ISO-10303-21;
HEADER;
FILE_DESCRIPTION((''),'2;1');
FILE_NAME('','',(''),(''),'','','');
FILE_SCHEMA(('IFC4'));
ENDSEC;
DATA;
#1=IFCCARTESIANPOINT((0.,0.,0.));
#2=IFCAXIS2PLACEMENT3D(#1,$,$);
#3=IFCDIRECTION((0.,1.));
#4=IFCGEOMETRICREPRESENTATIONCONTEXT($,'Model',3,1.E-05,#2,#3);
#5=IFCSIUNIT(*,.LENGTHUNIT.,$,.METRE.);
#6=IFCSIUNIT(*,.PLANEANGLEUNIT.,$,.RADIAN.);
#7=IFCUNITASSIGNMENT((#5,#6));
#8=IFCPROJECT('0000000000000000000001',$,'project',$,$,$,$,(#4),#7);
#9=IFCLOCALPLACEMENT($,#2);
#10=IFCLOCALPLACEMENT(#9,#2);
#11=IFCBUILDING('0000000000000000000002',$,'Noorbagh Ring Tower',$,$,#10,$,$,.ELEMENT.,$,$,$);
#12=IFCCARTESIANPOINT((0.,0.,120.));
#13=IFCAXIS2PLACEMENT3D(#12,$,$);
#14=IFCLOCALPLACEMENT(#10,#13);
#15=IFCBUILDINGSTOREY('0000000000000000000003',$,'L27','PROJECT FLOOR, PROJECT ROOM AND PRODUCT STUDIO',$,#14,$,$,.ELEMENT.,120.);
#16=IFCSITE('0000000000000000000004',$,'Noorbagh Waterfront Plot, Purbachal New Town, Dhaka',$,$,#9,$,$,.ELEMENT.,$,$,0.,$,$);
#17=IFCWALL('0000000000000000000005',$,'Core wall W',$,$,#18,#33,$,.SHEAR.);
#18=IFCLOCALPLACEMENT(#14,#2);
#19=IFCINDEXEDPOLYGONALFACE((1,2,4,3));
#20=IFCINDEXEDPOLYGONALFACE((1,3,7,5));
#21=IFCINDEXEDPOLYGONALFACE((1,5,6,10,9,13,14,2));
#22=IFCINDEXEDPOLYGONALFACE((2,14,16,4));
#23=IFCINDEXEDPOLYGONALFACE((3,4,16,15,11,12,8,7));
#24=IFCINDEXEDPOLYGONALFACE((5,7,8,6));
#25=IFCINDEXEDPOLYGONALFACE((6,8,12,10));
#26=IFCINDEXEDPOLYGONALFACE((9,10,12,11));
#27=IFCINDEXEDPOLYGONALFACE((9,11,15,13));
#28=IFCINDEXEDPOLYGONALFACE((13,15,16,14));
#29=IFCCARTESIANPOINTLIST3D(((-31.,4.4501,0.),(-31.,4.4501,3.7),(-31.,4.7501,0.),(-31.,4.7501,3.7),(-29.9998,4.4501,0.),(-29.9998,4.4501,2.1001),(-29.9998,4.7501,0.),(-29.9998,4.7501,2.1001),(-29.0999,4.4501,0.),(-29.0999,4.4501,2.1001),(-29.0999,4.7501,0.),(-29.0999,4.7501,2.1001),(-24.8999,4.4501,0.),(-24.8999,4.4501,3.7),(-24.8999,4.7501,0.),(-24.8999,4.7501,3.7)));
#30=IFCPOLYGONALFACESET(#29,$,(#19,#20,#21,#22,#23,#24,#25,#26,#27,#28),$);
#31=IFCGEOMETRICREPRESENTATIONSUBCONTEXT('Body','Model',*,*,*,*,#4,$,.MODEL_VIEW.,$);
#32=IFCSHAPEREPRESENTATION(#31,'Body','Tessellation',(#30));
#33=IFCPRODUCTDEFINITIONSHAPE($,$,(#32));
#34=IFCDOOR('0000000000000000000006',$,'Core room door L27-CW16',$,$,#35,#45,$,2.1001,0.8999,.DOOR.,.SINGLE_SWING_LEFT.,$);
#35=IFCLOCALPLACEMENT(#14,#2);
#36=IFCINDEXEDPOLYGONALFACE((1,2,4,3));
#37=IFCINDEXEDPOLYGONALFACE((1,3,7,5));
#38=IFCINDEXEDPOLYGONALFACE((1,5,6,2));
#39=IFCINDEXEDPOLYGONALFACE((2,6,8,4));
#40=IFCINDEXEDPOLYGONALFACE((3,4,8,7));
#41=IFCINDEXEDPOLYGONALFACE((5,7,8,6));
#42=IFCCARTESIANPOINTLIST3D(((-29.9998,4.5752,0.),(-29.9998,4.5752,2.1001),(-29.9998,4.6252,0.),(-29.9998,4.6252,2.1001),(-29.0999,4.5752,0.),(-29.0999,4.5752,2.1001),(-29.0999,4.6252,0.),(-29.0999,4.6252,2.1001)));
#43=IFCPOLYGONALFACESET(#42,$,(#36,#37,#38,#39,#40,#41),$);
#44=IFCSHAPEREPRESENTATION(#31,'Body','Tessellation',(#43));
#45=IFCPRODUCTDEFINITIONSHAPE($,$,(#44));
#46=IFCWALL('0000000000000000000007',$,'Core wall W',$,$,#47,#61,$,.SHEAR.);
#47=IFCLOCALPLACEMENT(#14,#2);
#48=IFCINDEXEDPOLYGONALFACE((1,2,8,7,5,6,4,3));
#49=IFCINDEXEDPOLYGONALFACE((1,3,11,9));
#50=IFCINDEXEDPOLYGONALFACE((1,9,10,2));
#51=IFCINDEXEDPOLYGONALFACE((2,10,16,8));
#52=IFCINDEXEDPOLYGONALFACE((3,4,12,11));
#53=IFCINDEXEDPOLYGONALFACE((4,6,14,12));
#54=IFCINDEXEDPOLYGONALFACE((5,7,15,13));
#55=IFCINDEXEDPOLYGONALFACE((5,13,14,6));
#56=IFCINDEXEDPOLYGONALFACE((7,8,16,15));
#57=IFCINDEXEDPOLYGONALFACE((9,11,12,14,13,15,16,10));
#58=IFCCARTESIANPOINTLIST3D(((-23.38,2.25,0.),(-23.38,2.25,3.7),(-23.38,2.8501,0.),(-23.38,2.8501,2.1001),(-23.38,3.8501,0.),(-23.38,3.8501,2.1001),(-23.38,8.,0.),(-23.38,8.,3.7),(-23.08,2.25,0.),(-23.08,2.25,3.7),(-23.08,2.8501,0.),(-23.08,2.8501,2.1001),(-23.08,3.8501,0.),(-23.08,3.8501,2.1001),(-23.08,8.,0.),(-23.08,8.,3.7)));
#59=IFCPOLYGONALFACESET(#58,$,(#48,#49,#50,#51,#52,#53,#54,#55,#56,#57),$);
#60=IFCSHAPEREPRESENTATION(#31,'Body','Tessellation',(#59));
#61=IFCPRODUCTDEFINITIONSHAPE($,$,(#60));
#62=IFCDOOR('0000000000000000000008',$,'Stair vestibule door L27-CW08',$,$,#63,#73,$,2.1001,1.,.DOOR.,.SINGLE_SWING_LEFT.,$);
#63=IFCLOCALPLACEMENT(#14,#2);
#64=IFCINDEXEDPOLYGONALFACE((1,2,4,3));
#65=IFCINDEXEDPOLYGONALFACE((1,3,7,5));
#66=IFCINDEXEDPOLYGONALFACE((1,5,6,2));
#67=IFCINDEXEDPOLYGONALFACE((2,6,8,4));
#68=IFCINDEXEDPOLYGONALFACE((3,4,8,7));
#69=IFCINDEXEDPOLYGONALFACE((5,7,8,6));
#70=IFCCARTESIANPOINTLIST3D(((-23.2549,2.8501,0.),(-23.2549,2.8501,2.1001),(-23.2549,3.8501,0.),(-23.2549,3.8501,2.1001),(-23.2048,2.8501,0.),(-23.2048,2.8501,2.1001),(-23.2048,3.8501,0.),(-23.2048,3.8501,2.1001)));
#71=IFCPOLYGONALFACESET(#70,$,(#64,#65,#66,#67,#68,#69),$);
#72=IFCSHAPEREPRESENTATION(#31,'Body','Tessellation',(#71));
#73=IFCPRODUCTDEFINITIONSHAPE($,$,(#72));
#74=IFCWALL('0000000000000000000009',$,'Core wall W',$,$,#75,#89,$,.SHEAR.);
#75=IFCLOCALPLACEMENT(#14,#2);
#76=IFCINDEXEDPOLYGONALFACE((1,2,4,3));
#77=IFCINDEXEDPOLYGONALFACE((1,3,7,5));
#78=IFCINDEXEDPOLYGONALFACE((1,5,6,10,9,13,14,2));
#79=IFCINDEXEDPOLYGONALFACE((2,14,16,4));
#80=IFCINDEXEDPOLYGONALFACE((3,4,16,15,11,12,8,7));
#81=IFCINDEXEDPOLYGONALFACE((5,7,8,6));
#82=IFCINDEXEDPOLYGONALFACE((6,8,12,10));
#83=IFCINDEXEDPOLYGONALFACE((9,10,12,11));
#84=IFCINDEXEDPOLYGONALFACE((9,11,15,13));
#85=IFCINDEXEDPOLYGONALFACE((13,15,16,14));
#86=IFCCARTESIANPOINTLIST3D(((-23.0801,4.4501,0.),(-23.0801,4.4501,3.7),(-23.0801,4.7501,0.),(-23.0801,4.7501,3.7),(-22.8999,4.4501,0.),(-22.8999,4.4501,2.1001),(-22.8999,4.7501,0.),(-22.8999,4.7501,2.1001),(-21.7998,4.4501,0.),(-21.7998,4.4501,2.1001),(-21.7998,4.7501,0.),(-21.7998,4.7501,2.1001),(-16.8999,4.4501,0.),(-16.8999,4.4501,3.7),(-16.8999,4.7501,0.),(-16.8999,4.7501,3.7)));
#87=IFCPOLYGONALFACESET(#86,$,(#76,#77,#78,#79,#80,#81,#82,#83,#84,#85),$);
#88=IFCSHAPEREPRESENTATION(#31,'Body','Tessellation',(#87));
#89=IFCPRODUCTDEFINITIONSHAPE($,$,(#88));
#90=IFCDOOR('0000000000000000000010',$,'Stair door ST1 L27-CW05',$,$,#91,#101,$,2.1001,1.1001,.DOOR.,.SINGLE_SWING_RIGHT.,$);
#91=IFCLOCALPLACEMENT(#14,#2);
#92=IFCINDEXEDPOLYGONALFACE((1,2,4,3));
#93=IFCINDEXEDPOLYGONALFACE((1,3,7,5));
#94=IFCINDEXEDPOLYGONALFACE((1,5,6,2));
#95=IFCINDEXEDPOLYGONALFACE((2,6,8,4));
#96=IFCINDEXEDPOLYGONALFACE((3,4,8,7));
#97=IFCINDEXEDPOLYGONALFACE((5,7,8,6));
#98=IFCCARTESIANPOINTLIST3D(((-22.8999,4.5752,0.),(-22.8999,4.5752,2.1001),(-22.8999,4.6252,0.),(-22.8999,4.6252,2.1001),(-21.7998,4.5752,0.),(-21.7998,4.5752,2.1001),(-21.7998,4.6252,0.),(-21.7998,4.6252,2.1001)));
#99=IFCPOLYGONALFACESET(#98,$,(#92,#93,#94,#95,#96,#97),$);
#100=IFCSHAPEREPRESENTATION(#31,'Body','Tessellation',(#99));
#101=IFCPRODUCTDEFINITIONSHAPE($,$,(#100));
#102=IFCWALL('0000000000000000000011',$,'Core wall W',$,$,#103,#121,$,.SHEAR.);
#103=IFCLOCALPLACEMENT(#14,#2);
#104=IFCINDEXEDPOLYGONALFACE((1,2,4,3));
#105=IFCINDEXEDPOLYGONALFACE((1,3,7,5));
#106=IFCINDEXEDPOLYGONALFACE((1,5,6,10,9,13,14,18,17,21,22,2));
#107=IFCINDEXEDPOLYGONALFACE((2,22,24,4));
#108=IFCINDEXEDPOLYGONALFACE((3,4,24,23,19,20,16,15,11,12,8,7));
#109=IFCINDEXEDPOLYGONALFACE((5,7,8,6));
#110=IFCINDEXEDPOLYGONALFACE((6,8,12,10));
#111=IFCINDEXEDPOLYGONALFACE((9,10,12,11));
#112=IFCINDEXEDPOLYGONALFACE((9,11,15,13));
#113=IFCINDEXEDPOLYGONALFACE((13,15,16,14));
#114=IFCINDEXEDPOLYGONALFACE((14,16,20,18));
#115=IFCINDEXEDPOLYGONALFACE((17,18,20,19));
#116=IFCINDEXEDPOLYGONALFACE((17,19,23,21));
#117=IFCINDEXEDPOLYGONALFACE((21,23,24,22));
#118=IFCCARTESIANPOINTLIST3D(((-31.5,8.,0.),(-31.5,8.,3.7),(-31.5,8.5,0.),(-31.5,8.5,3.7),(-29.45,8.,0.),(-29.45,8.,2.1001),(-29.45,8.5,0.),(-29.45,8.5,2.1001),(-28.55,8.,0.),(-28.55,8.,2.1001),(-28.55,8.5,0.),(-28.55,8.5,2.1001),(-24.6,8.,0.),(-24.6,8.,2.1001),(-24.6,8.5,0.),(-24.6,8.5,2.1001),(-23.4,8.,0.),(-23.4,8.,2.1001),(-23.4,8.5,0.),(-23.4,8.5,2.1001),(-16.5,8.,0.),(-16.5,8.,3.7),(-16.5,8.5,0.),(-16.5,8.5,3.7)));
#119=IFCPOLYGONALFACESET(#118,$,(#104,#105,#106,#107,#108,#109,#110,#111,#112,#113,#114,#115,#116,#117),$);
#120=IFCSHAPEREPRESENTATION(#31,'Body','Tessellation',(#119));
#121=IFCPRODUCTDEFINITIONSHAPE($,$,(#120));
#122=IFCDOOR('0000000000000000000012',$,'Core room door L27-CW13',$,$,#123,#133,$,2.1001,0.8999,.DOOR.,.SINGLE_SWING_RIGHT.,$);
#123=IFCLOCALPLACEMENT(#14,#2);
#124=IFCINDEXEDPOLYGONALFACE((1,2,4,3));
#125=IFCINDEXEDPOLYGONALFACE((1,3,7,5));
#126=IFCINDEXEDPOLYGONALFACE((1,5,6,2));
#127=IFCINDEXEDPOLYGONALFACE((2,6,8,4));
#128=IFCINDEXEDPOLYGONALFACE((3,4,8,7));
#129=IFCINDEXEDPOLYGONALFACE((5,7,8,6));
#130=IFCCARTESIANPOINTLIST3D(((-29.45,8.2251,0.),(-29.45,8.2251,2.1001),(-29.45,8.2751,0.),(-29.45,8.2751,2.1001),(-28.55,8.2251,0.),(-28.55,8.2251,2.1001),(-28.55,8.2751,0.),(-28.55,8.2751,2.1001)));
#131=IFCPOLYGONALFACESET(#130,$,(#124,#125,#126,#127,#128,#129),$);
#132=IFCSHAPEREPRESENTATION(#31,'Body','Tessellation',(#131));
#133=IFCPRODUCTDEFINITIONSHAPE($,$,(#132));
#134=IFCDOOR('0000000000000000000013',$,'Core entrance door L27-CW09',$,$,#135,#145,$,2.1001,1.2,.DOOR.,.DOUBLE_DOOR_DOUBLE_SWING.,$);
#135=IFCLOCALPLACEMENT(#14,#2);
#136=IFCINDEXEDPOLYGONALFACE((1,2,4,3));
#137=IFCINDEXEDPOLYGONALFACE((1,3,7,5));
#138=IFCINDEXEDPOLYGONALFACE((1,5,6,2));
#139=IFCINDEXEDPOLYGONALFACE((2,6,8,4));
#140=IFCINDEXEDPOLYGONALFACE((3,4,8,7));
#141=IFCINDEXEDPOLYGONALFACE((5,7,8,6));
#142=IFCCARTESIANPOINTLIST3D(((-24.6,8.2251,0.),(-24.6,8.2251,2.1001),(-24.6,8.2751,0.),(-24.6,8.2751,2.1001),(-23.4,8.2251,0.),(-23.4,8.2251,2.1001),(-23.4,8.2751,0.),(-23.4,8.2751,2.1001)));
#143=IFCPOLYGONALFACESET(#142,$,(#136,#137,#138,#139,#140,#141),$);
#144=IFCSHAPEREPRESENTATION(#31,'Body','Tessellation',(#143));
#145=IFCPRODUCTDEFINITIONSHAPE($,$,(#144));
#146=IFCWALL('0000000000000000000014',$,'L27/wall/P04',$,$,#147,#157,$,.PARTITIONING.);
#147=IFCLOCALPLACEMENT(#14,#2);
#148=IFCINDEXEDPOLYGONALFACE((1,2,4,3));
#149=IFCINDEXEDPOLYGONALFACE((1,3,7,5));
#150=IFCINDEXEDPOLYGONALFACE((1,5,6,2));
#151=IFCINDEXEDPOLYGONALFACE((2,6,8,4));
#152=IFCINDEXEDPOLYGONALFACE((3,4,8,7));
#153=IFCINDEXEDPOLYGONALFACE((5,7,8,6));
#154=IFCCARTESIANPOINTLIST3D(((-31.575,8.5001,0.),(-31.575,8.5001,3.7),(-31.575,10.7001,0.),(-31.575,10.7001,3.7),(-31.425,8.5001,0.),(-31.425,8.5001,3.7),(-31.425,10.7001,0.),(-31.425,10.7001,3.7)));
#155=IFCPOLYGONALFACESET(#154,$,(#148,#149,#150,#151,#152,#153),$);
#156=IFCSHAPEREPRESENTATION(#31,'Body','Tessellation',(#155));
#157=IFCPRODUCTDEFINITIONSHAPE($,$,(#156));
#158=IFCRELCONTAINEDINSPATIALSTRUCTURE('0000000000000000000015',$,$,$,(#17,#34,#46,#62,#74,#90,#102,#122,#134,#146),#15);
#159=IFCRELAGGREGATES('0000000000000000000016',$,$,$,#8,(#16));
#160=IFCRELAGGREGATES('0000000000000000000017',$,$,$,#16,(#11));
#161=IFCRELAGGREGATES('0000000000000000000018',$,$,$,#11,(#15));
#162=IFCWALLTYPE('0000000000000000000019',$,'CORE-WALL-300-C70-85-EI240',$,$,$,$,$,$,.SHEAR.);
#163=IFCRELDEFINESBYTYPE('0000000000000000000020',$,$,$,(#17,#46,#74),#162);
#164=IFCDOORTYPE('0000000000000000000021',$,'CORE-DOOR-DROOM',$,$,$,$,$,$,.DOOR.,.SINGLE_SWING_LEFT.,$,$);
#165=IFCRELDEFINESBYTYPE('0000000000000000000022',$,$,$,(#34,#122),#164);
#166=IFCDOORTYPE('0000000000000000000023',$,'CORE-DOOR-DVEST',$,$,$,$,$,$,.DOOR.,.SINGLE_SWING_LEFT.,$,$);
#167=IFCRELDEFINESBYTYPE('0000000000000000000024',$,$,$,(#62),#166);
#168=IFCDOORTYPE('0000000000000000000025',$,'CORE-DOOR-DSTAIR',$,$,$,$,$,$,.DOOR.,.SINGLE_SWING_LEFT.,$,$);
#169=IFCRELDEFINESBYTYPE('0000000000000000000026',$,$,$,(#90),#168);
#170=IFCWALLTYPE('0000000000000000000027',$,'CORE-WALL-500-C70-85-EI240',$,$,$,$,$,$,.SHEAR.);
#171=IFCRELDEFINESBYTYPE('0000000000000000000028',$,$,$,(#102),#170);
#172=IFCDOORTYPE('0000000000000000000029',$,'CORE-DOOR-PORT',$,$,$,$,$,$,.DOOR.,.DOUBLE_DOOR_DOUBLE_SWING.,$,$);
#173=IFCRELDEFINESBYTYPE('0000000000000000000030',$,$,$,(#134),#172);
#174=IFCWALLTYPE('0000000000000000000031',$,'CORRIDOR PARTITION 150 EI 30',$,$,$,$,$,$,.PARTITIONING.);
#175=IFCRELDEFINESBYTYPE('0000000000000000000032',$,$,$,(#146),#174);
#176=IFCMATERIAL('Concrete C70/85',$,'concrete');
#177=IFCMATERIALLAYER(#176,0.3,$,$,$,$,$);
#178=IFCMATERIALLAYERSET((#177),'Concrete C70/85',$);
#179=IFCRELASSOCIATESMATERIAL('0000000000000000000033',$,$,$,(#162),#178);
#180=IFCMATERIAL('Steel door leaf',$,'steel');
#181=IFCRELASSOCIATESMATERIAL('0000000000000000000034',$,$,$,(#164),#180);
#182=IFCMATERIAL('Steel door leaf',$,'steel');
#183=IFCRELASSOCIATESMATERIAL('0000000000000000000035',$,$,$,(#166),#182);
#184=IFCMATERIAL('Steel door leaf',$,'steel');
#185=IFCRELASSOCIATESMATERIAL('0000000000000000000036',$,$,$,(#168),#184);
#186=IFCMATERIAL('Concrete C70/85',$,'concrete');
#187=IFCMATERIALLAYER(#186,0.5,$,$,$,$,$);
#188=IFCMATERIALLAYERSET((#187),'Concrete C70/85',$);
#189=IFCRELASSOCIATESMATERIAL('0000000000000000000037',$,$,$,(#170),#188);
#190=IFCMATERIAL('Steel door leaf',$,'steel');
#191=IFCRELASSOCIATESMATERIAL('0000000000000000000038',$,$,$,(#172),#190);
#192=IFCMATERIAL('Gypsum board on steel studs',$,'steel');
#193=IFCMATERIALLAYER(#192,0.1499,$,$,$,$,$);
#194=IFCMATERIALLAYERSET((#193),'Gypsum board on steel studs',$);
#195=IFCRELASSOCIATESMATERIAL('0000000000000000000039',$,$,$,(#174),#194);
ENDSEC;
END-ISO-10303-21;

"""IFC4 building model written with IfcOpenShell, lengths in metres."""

from ifc_helpers import new_model, si_unit, direction, frame, frame_2d, origin, place, context, subcontext, project, spatial, rectangle, extrude, material, layer, layer_set, type_object, element, fill, save


model = new_model("IFC4")

# Units and contexts
model_context = context("Model", 3, precision=1e-05, world=origin(), true_north=direction((0.0, 1.0)))
body_context = subcontext(model_context, "Body", "Model", "MODEL_VIEW")
ifc_project = project(units=[si_unit("LENGTHUNIT", "METRE"), si_unit("PLANEANGLEUNIT", "RADIAN")], contexts=[model_context])

# Site, building, storey
site_placement = place(None, origin())
site = spatial("IfcSite", under=ifc_project, at=site_placement, Name="Noorbagh Waterfront Plot, Purbachal New Town, Dhaka", CompositionType="ELEMENT", RefElevation=0.0)
building_placement = place(site_placement, origin())
building = spatial("IfcBuilding", under=site, at=building_placement, Name="Noorbagh Ring Tower", CompositionType="ELEMENT")
storey_placement = place(building_placement, frame((0.0, 0.0, 120.0)))
storey = spatial("IfcBuildingStorey", under=building, at=storey_placement, Name="L27", Description="PROJECT FLOOR, PROJECT ROOM AND PRODUCT STUDIO", CompositionType="ELEMENT", Elevation=120.0)

# Walls, openings, doors
ifc_material_1 = material(Name="Concrete C70/85", Category="concrete")
ifc_layer_1 = layer(ifc_material_1, 0.3)
ifc_layer_set_1 = layer_set([ifc_layer_1], Name="Concrete C70/85")
wall_type_1 = type_object("IfcWallType", Name="CORE-WALL-300-C70-85-EI240", PredefinedType="SHEAR", material=ifc_layer_set_1)
wall_1_placement = place(storey_placement, frame((-24.8999, 4.6001, 0.0), z_axis=(0.0, 0.0, 1.0), x_axis=(-1.0, 0.0, 0.0)))
wall_1 = element("IfcWall", 1, at=wall_1_placement, inside=storey, type_object=wall_type_1, Name="Core wall W", PredefinedType="SHEAR", context=body_context, shape_type="SweptSolid", body=[
    extrude(rectangle(XDim=6.1001, YDim=0.3, at=frame_2d((3.05, 0.0))), origin(), (0.0, 0.0, 1.0), 3.7),
])
opening_1_placement = place(wall_1_placement, frame((4.2, 0.0, 0.0)))
opening_1 = element("IfcOpeningElement", 2, at=opening_1_placement, cuts=wall_1, PredefinedType="OPENING", context=body_context, shape_type="SweptSolid", body=[
    extrude(rectangle(XDim=0.8999, YDim=2.1001, at=frame_2d((0.45, 1.05))), frame((0.0, 0.1602, 0.0), z_axis=(0.0, -1.0, 0.0), x_axis=(1.0, 0.0, 0.0)), (0.0, 0.0, 1.0), 0.3201),
])
ifc_material_2 = material(Name="Steel door leaf", Category="steel")
door_type_1 = type_object("IfcDoorType", Name="CORE-DOOR-DROOM", OperationType="SINGLE_SWING_LEFT", PredefinedType="DOOR", material=ifc_material_2)
door_1_placement = place(opening_1_placement, origin())
door_1 = element("IfcDoor", 3, at=door_1_placement, inside=storey, type_object=door_type_1, Name="Core room door L27-CW16", OperationType="SINGLE_SWING_LEFT", OverallHeight=2.1001, OverallWidth=0.8999, PredefinedType="DOOR", context=body_context, shape_type="SweptSolid", body=[
    extrude(rectangle(XDim=0.8999, YDim=2.1001, at=frame_2d((0.45, 1.05))), frame((0.0, 0.0249, 0.0), z_axis=(0.0, -1.0, 0.0), x_axis=(1.0, 0.0, 0.0)), (0.0, 0.0, 1.0), 0.05),
])
fill(opening_1, door_1)
wall_2_placement = place(storey_placement, frame((-23.23, 2.25, 0.0), z_axis=(0.0, 0.0, 1.0), x_axis=(0.0, 1.0, 0.0)))
wall_2 = element("IfcWall", 4, at=wall_2_placement, inside=storey, type_object=wall_type_1, Name="Core wall W", PredefinedType="SHEAR", context=body_context, shape_type="SweptSolid", body=[
    extrude(rectangle(XDim=5.75, YDim=0.3, at=frame_2d((2.875, 0.0))), origin(), (0.0, 0.0, 1.0), 3.7),
])
opening_2_placement = place(wall_2_placement, frame((0.6001, 0.0, 0.0)))
opening_2 = element("IfcOpeningElement", 5, at=opening_2_placement, cuts=wall_2, PredefinedType="OPENING", context=body_context, shape_type="SweptSolid", body=[
    extrude(rectangle(XDim=1.0, YDim=2.1001, at=frame_2d((0.5, 1.05))), frame((0.0, 0.1602, 0.0), z_axis=(0.0, -1.0, 0.0), x_axis=(1.0, 0.0, 0.0)), (0.0, 0.0, 1.0), 0.3201),
])
ifc_material_3 = material(Name="Steel door leaf", Category="steel")
door_type_2 = type_object("IfcDoorType", Name="CORE-DOOR-DVEST", OperationType="SINGLE_SWING_LEFT", PredefinedType="DOOR", material=ifc_material_3)
door_2_placement = place(opening_2_placement, origin())
door_2 = element("IfcDoor", 6, at=door_2_placement, inside=storey, type_object=door_type_2, Name="Stair vestibule door L27-CW08", OperationType="SINGLE_SWING_LEFT", OverallHeight=2.1001, OverallWidth=1.0, PredefinedType="DOOR", context=body_context, shape_type="SweptSolid", body=[
    extrude(rectangle(XDim=1.0, YDim=2.1001, at=frame_2d((0.5, 1.05))), frame((0.0, 0.0249, 0.0), z_axis=(0.0, -1.0, 0.0), x_axis=(1.0, 0.0, 0.0)), (0.0, 0.0, 1.0), 0.05),
])
fill(opening_2, door_2)
wall_3_placement = place(storey_placement, frame((-16.8999, 4.6001, 0.0), z_axis=(0.0, 0.0, 1.0), x_axis=(-1.0, 0.0, 0.0)))
wall_3 = element("IfcWall", 7, at=wall_3_placement, inside=storey, type_object=wall_type_1, Name="Core wall W", PredefinedType="SHEAR", context=body_context, shape_type="SweptSolid", body=[
    extrude(rectangle(XDim=6.1802, YDim=0.3, at=frame_2d((3.0901, 0.0))), origin(), (0.0, 0.0, 1.0), 3.7),
])
opening_3_placement = place(wall_3_placement, frame((4.8999, 0.0, 0.0)))
opening_3 = element("IfcOpeningElement", 8, at=opening_3_placement, cuts=wall_3, PredefinedType="OPENING", context=body_context, shape_type="SweptSolid", body=[
    extrude(rectangle(XDim=1.1001, YDim=2.1001, at=frame_2d((0.55, 1.05))), frame((0.0, 0.1602, 0.0), z_axis=(0.0, -1.0, 0.0), x_axis=(1.0, 0.0, 0.0)), (0.0, 0.0, 1.0), 0.3201),
])
ifc_material_4 = material(Name="Steel door leaf", Category="steel")
door_type_3 = type_object("IfcDoorType", Name="CORE-DOOR-DSTAIR", OperationType="SINGLE_SWING_LEFT", PredefinedType="DOOR", material=ifc_material_4)
door_3_placement = place(opening_3_placement, origin())
door_3 = element("IfcDoor", 9, at=door_3_placement, inside=storey, type_object=door_type_3, Name="Stair door ST1 L27-CW05", OperationType="SINGLE_SWING_RIGHT", OverallHeight=2.1001, OverallWidth=1.1001, PredefinedType="DOOR", context=body_context, shape_type="SweptSolid", body=[
    extrude(rectangle(XDim=1.1001, YDim=2.1001, at=frame_2d((0.55, 1.05))), frame((0.0, 0.0249, 0.0), z_axis=(0.0, -1.0, 0.0), x_axis=(1.0, 0.0, 0.0)), (0.0, 0.0, 1.0), 0.05),
])
fill(opening_3, door_3)

# Wall, openings, doors
ifc_material_5 = material(Name="Concrete C70/85", Category="concrete")
ifc_layer_2 = layer(ifc_material_5, 0.5)
ifc_layer_set_2 = layer_set([ifc_layer_2], Name="Concrete C70/85")
wall_type_2 = type_object("IfcWallType", Name="CORE-WALL-500-C70-85-EI240", PredefinedType="SHEAR", material=ifc_layer_set_2)
wall_4_placement = place(storey_placement, frame((-16.5, 8.25, 0.0), z_axis=(0.0, 0.0, 1.0), x_axis=(-1.0, 0.0, 0.0)))
wall_4 = element("IfcWall", 10, at=wall_4_placement, inside=storey, type_object=wall_type_2, Name="Core wall W", PredefinedType="SHEAR", context=body_context, shape_type="SweptSolid", body=[
    extrude(rectangle(XDim=15.0, YDim=0.5, at=frame_2d((7.5, 0.0))), origin(), (0.0, 0.0, 1.0), 3.7),
])
opening_4_placement = place(wall_4_placement, frame((6.8999, 0.0, 0.0)))
opening_4 = element("IfcOpeningElement", 11, at=opening_4_placement, cuts=wall_4, PredefinedType="OPENING", context=body_context, shape_type="SweptSolid", body=[
    extrude(rectangle(XDim=1.2, YDim=2.1001, at=frame_2d((0.6001, 1.05))), frame((0.0, 0.26, 0.0), z_axis=(0.0, -1.0, 0.0), x_axis=(1.0, 0.0, 0.0)), (0.0, 0.0, 1.0), 0.52),
])
opening_5_placement = place(wall_4_placement, frame((12.05, 0.0, 0.0)))
opening_5 = element("IfcOpeningElement", 12, at=opening_5_placement, cuts=wall_4, PredefinedType="OPENING", context=body_context, shape_type="SweptSolid", body=[
    extrude(rectangle(XDim=0.8999, YDim=2.1001, at=frame_2d((0.45, 1.05))), frame((0.0, 0.26, 0.0), z_axis=(0.0, -1.0, 0.0), x_axis=(1.0, 0.0, 0.0)), (0.0, 0.0, 1.0), 0.52),
])
door_4_placement = place(opening_5_placement, origin())
door_4 = element("IfcDoor", 13, at=door_4_placement, inside=storey, type_object=door_type_1, Name="Core room door L27-CW13", OperationType="SINGLE_SWING_RIGHT", OverallHeight=2.1001, OverallWidth=0.8999, PredefinedType="DOOR", context=body_context, shape_type="SweptSolid", body=[
    extrude(rectangle(XDim=0.8999, YDim=2.1001, at=frame_2d((0.45, 1.05))), frame((0.0, 0.0249, 0.0), z_axis=(0.0, -1.0, 0.0), x_axis=(1.0, 0.0, 0.0)), (0.0, 0.0, 1.0), 0.05),
])
fill(opening_5, door_4)
ifc_material_6 = material(Name="Steel door leaf", Category="steel")
door_type_4 = type_object("IfcDoorType", Name="CORE-DOOR-PORT", OperationType="DOUBLE_DOOR_DOUBLE_SWING", PredefinedType="DOOR", material=ifc_material_6)
door_5_placement = place(opening_4_placement, origin())
door_5 = element("IfcDoor", 14, at=door_5_placement, inside=storey, type_object=door_type_4, Name="Core entrance door L27-CW09", OperationType="DOUBLE_DOOR_DOUBLE_SWING", OverallHeight=2.1001, OverallWidth=1.2, PredefinedType="DOOR", context=body_context, shape_type="SweptSolid", body=[
    extrude(rectangle(XDim=1.2, YDim=2.1001, at=frame_2d((0.6001, 1.05))), frame((0.0, 0.0249, 0.0), z_axis=(0.0, -1.0, 0.0), x_axis=(1.0, 0.0, 0.0)), (0.0, 0.0, 1.0), 0.05),
])
fill(opening_4, door_5)

# Wall
ifc_material_7 = material(Name="Gypsum board on steel studs", Category="steel")
ifc_layer_3 = layer(ifc_material_7, 0.1499)
ifc_layer_set_3 = layer_set([ifc_layer_3], Name="Gypsum board on steel studs")
wall_type_3 = type_object("IfcWallType", Name="CORRIDOR PARTITION 150 EI 30", PredefinedType="PARTITIONING", material=ifc_layer_set_3)
wall_5_placement = place(storey_placement, frame((-31.5, 8.5, 0.0), z_axis=(0.0, 0.0, 1.0), x_axis=(0.0, 1.0, 0.0)))
element("IfcWall", 15, at=wall_5_placement, inside=storey, type_object=wall_type_3, Name="L27/wall/P04", PredefinedType="PARTITIONING", context=body_context, shape_type="SweptSolid", body=[
    extrude(rectangle(XDim=2.2, YDim=0.1499, at=frame_2d((1.1001, 0.0))), origin(), (0.0, 0.0, 1.0), 3.7),
])

save(model, "model.ifc")
